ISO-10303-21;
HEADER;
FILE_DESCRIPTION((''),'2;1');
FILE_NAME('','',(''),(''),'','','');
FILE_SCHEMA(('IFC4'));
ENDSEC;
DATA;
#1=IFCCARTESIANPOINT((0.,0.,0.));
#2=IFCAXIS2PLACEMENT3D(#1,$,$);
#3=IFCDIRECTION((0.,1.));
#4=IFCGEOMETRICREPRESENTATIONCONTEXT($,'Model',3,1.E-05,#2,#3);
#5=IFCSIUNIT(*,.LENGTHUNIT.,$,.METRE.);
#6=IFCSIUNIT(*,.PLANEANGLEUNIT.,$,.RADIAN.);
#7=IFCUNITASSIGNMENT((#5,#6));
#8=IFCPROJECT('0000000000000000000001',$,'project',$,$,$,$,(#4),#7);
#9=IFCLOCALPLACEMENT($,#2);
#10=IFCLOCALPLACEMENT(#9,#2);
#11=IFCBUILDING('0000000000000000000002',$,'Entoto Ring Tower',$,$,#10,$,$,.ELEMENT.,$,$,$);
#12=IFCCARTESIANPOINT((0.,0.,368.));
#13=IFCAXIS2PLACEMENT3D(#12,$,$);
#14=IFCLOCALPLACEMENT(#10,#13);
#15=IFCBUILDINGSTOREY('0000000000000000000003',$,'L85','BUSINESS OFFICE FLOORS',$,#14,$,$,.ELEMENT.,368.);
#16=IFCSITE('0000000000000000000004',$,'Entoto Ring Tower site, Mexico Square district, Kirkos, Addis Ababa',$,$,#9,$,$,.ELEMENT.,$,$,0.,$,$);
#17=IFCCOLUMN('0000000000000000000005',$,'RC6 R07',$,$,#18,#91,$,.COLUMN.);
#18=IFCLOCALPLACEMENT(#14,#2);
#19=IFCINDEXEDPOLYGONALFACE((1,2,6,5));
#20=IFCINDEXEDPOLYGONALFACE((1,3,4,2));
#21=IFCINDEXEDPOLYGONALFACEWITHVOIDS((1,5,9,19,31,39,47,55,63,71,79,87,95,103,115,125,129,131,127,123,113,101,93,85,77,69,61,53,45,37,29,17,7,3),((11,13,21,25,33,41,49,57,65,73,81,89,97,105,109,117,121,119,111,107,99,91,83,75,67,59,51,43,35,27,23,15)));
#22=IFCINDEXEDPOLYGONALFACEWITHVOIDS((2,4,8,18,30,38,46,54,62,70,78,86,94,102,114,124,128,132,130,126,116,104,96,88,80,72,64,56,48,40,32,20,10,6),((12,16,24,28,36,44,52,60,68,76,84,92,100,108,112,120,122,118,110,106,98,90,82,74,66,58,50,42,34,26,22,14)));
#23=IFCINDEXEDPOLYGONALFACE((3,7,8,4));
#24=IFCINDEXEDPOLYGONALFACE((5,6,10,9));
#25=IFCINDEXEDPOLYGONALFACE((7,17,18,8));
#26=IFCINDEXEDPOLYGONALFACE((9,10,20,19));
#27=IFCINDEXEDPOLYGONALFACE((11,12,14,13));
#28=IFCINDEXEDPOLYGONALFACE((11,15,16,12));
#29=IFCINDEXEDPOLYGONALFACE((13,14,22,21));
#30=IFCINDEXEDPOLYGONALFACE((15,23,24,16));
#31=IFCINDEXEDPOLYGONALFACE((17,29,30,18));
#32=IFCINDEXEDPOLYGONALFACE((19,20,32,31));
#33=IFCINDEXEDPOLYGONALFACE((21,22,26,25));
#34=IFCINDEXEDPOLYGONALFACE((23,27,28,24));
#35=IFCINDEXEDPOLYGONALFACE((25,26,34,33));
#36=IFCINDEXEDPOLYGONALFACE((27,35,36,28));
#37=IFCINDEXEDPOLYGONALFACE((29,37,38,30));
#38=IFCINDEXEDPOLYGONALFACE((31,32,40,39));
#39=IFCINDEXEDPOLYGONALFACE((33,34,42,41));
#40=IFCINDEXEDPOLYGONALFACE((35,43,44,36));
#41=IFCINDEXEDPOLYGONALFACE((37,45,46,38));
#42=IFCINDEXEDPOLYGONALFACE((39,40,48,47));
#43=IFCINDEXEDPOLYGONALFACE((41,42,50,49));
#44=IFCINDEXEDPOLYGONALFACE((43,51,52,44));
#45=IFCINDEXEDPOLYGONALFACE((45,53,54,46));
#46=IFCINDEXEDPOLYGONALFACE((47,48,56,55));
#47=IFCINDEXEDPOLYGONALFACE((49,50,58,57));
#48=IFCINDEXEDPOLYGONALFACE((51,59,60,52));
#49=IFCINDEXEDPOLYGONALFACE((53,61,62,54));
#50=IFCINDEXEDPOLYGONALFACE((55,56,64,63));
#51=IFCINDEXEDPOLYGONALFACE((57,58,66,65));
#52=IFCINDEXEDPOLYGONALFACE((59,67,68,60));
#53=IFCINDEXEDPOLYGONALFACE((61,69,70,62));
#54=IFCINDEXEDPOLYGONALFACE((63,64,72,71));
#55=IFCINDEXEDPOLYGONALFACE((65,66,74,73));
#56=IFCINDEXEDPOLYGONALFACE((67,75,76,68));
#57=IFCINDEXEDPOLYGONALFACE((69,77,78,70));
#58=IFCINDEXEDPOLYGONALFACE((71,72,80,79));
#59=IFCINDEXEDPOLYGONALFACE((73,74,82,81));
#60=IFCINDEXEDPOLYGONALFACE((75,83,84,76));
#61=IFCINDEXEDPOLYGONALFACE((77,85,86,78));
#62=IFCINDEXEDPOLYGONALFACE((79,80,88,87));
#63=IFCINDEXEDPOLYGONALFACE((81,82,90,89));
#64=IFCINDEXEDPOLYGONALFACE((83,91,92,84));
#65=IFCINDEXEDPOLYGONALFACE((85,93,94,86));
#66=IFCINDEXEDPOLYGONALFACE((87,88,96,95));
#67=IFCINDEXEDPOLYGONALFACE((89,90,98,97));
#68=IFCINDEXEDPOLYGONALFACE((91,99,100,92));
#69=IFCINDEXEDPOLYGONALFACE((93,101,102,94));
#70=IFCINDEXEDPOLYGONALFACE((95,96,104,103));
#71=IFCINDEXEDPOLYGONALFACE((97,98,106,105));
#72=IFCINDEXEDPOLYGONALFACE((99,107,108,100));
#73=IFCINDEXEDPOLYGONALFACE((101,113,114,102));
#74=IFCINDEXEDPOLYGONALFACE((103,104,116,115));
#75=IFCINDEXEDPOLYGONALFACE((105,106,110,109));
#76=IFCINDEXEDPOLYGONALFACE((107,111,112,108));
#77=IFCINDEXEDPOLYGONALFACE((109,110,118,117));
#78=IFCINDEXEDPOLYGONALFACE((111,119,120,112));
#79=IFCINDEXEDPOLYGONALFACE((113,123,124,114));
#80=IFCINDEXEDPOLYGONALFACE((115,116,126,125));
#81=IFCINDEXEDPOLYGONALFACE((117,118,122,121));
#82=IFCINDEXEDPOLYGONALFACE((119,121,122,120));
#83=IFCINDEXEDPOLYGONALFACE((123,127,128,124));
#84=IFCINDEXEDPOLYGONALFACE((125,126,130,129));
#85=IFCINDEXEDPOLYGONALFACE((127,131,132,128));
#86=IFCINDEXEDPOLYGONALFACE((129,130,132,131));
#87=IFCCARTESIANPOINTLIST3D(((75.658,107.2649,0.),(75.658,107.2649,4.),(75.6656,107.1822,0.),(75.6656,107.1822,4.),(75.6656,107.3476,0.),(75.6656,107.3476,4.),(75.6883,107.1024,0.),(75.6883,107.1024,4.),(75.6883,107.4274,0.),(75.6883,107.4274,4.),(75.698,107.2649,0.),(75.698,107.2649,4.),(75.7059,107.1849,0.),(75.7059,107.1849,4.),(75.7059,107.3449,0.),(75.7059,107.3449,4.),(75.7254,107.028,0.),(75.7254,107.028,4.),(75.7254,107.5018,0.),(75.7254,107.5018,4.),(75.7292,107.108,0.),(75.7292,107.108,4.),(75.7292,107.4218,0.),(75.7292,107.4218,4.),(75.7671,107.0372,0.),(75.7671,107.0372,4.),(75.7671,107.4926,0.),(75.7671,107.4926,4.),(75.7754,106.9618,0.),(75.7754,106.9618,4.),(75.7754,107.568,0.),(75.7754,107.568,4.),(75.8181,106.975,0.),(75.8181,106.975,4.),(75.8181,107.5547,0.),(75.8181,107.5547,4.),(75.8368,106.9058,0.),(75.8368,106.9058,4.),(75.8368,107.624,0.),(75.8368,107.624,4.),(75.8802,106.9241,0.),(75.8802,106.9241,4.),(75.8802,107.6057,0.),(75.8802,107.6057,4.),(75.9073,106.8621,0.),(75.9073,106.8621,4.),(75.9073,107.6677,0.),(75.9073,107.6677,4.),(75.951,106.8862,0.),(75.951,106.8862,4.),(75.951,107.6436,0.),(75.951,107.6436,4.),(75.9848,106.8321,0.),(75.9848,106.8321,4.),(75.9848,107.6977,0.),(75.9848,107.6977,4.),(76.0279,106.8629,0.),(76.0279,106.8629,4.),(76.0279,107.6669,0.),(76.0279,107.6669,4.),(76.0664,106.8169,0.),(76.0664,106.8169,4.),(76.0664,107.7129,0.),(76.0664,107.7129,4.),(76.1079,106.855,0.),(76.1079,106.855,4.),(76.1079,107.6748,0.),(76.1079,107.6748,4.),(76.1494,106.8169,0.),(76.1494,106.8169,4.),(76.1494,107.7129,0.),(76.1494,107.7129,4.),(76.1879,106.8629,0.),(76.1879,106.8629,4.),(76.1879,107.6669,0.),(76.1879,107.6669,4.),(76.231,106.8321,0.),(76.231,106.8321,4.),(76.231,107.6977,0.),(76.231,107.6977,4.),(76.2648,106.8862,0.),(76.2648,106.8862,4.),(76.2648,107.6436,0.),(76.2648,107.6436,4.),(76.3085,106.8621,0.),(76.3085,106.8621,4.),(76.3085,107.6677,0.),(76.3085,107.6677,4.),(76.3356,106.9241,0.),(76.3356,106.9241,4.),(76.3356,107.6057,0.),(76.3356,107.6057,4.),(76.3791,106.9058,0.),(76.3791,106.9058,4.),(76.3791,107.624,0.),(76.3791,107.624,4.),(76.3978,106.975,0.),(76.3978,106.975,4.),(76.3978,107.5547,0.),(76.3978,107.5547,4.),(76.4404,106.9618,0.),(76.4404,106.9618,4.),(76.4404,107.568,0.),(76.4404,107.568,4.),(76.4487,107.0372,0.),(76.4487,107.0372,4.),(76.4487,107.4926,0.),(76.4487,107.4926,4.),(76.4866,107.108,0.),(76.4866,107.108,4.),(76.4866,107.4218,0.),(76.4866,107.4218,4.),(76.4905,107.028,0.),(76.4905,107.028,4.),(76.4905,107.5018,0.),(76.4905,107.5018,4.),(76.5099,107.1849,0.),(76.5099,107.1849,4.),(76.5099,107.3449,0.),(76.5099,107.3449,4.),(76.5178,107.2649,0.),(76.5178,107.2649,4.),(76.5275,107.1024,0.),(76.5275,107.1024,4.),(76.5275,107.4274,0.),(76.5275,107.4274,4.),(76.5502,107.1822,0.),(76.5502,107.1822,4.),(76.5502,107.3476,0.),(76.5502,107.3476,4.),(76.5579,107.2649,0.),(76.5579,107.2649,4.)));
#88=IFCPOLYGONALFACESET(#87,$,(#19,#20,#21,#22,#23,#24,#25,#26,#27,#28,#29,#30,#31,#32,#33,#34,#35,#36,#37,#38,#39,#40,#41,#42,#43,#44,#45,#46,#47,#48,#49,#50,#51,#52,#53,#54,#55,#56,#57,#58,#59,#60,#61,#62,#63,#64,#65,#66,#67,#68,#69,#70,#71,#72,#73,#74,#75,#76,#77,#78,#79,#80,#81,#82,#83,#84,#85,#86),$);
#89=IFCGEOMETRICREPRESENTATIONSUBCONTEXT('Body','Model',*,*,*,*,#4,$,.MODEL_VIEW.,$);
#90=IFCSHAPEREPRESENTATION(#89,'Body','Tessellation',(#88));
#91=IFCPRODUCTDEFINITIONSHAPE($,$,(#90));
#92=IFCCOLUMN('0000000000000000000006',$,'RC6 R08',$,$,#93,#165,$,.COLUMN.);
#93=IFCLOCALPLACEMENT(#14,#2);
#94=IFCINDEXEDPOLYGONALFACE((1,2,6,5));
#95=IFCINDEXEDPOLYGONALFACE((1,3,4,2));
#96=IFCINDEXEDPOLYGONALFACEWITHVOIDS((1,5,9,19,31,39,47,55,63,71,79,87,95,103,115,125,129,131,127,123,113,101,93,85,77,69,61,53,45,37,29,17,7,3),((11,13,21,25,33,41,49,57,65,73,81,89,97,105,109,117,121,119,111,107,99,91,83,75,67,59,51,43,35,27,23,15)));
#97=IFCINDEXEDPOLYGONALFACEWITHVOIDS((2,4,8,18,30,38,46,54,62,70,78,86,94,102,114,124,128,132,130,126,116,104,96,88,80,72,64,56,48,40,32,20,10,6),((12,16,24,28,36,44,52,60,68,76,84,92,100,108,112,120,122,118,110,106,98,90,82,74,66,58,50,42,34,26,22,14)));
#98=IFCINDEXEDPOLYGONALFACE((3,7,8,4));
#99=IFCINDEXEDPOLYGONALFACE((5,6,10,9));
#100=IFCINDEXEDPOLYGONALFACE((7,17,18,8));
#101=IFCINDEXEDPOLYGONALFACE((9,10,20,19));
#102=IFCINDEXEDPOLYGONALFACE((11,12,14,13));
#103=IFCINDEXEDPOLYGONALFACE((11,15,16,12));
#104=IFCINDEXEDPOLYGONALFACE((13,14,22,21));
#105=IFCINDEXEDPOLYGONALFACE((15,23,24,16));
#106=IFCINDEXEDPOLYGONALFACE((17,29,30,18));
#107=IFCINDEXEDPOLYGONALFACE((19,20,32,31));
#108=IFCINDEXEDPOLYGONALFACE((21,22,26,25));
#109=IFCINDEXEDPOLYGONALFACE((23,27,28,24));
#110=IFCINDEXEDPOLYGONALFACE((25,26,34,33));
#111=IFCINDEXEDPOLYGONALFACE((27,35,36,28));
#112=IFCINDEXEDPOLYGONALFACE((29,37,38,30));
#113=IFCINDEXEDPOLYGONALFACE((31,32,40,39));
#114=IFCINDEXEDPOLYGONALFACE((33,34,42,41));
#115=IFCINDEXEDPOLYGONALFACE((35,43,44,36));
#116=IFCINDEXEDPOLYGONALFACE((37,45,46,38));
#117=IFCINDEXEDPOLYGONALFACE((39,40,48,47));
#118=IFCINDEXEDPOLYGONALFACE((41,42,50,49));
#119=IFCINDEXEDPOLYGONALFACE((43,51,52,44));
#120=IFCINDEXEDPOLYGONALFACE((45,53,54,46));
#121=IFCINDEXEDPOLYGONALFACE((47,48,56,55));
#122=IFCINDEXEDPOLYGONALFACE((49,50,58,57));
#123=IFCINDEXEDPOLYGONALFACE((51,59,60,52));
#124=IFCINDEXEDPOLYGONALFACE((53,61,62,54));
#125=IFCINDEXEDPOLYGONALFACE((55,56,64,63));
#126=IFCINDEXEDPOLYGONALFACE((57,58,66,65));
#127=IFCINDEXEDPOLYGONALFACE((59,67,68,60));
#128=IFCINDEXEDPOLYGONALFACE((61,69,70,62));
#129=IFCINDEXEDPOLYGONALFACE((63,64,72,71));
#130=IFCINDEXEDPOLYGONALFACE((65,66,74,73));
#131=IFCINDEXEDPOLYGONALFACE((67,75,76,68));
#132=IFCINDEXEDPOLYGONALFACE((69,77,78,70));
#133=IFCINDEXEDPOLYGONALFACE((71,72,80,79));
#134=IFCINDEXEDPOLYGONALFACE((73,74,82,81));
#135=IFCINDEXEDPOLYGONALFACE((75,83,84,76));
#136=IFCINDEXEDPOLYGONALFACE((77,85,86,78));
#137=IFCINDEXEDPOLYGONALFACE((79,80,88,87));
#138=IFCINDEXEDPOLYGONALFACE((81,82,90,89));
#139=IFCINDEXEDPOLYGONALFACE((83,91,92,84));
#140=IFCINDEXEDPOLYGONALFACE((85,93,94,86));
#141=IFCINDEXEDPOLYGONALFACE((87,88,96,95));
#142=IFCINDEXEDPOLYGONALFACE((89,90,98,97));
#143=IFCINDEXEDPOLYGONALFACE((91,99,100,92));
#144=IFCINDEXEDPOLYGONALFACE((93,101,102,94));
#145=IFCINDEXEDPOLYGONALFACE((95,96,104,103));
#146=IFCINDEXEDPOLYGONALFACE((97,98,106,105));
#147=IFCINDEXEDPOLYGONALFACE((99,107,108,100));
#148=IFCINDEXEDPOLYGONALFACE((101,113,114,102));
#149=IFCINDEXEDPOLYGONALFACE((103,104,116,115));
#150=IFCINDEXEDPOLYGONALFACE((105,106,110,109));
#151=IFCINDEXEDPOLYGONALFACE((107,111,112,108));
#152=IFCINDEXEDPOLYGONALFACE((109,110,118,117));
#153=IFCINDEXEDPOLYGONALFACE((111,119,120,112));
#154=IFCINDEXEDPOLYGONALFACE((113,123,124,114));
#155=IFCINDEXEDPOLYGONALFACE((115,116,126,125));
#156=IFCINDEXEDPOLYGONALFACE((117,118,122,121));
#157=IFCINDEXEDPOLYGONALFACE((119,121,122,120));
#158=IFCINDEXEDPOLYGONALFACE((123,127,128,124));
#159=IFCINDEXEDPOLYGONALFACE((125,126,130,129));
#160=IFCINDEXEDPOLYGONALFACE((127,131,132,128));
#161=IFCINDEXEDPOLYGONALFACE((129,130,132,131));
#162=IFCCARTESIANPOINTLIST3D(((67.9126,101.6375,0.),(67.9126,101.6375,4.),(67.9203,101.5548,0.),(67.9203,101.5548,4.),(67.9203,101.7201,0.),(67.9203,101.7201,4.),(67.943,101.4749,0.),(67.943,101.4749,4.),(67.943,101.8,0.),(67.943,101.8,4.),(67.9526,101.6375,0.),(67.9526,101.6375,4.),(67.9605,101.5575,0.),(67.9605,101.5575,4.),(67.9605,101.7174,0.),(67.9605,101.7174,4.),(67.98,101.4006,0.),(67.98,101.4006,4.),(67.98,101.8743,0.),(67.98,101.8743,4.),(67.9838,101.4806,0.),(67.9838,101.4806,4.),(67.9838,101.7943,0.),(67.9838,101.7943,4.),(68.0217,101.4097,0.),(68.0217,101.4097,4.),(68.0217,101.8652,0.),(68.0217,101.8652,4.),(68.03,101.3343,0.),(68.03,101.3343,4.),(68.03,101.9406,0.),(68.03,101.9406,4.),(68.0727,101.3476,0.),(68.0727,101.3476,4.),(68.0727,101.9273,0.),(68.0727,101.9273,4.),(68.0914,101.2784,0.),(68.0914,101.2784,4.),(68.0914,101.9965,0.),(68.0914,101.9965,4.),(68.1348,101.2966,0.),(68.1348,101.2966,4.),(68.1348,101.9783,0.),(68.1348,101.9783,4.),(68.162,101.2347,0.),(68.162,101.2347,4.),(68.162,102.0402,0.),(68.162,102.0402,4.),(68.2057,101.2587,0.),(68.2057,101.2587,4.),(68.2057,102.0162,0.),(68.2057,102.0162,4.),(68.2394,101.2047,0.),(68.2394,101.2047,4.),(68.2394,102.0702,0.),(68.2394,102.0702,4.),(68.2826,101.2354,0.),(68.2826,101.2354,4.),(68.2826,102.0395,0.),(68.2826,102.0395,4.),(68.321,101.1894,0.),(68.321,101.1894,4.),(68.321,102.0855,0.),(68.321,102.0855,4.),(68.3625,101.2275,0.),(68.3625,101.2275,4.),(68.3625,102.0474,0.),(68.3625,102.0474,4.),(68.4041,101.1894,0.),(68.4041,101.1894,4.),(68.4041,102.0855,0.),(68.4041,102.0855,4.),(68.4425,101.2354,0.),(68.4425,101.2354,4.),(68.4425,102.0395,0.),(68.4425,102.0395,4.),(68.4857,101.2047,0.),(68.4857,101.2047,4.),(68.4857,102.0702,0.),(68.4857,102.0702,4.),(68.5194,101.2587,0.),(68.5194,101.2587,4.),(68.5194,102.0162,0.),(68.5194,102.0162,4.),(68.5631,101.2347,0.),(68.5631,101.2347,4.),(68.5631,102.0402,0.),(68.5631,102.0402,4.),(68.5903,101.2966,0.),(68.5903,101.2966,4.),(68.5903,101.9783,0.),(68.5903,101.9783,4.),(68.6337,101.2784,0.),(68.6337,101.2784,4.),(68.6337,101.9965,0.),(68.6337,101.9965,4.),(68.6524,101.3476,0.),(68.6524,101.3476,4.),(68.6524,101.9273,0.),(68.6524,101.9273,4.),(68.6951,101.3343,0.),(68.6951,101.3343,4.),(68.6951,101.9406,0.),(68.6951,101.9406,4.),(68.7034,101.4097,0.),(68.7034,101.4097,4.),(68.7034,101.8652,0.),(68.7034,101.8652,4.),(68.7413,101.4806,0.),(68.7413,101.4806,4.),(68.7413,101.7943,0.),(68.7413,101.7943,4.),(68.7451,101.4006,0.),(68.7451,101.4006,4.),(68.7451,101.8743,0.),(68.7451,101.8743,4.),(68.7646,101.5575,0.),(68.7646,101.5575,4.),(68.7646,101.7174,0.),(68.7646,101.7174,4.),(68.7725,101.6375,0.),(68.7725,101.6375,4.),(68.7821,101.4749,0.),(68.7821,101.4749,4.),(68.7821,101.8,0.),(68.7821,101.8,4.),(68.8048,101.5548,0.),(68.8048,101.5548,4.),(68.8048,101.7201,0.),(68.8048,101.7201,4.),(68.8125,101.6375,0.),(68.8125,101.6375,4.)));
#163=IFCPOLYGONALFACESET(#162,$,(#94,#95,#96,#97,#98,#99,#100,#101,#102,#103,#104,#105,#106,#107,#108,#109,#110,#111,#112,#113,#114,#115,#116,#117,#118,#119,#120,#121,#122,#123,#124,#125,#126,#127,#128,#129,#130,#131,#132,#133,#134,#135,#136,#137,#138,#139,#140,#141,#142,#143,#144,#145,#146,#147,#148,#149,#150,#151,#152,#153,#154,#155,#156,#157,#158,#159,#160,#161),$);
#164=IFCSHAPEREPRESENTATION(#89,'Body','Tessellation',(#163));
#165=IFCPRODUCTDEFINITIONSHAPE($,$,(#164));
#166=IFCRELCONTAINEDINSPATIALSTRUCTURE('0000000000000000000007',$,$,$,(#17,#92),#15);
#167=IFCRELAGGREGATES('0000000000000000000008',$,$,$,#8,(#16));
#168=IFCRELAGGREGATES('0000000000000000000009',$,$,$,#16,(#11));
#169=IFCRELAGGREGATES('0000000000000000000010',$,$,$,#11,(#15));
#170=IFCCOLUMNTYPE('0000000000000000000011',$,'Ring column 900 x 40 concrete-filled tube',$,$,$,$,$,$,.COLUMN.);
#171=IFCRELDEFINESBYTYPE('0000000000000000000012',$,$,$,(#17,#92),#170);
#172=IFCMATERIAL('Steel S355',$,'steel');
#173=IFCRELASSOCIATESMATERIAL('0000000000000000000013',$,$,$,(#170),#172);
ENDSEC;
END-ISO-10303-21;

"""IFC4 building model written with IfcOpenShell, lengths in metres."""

from ifc_helpers import new_model, si_unit, direction, frame, origin, origin_2d, place, context, subcontext, project, spatial, circle, hollow_circle, extrude, material, material_profile, profile_set, type_object, element, save


model = new_model("IFC4")

# Units and contexts
model_context = context("Model", 3, precision=1e-05, world=origin(), true_north=direction((0.0, 1.0)))
body_context = subcontext(model_context, "Body", "Model", "MODEL_VIEW")
ifc_project = project(units=[si_unit("LENGTHUNIT", "METRE"), si_unit("PLANEANGLEUNIT", "RADIAN")], contexts=[model_context])

# Site, building, storey
site_placement = place(None, origin())
site = spatial("IfcSite", under=ifc_project, at=site_placement, Name="Entoto Ring Tower site, Mexico Square district, Kirkos, Addis Ababa", CompositionType="ELEMENT", RefElevation=0.0)
building_placement = place(site_placement, origin())
building = spatial("IfcBuilding", under=site, at=building_placement, Name="Entoto Ring Tower", CompositionType="ELEMENT")
storey_placement = place(building_placement, frame((0.0, 0.0, 368.0)))
storey = spatial("IfcBuildingStorey", under=building, at=storey_placement, Name="L85", Description="BUSINESS OFFICE FLOORS", CompositionType="ELEMENT", Elevation=368.0)

# Columns
ifc_material_1 = material(Name="Steel S355", Category="steel")
ifc_material_profile_1 = material_profile(ifc_material_1, hollow_circle(Radius=0.45, WallThickness=0.04, at=origin_2d()), Name="CHS 900 x 40")
ifc_material_2 = material(Name="Concrete C60/75", Category="concrete")
ifc_material_profile_2 = material_profile(ifc_material_2, circle(Radius=0.4099, at=origin_2d()), Name="Concrete C60/75 infill")
ifc_profile_set_1 = profile_set([ifc_material_profile_1, ifc_material_profile_2], Name="Steel S355")
column_type = type_object("IfcColumnType", Name="Ring column 900 x 40 concrete-filled tube", PredefinedType="COLUMN", material=ifc_profile_set_1)
for number, where, z_axis, x_axis, name in (
    (1, (76.1079, 107.2649, 0.0), (0.0, 0.0, 1.0), (1.0, 0.0, 0.0), "RC6 R07"),
    (2, (68.3625, 101.6375, 0.0), (0.0, 0.0, 1.0), (1.0, 0.0, 0.0), "RC6 R08"),
):
    element("IfcColumn", number, at=place(storey_placement, frame(where, z_axis=z_axis, x_axis=x_axis)), inside=storey, type_object=column_type, Name=name, PredefinedType="COLUMN", context=body_context, shape_type="SweptSolid", body=[
        extrude(hollow_circle(Radius=0.45, WallThickness=0.04, at=origin_2d()), origin(), (0.0, 0.0, 1.0), 4.0),
    ])

save(model, "model.ifc")
